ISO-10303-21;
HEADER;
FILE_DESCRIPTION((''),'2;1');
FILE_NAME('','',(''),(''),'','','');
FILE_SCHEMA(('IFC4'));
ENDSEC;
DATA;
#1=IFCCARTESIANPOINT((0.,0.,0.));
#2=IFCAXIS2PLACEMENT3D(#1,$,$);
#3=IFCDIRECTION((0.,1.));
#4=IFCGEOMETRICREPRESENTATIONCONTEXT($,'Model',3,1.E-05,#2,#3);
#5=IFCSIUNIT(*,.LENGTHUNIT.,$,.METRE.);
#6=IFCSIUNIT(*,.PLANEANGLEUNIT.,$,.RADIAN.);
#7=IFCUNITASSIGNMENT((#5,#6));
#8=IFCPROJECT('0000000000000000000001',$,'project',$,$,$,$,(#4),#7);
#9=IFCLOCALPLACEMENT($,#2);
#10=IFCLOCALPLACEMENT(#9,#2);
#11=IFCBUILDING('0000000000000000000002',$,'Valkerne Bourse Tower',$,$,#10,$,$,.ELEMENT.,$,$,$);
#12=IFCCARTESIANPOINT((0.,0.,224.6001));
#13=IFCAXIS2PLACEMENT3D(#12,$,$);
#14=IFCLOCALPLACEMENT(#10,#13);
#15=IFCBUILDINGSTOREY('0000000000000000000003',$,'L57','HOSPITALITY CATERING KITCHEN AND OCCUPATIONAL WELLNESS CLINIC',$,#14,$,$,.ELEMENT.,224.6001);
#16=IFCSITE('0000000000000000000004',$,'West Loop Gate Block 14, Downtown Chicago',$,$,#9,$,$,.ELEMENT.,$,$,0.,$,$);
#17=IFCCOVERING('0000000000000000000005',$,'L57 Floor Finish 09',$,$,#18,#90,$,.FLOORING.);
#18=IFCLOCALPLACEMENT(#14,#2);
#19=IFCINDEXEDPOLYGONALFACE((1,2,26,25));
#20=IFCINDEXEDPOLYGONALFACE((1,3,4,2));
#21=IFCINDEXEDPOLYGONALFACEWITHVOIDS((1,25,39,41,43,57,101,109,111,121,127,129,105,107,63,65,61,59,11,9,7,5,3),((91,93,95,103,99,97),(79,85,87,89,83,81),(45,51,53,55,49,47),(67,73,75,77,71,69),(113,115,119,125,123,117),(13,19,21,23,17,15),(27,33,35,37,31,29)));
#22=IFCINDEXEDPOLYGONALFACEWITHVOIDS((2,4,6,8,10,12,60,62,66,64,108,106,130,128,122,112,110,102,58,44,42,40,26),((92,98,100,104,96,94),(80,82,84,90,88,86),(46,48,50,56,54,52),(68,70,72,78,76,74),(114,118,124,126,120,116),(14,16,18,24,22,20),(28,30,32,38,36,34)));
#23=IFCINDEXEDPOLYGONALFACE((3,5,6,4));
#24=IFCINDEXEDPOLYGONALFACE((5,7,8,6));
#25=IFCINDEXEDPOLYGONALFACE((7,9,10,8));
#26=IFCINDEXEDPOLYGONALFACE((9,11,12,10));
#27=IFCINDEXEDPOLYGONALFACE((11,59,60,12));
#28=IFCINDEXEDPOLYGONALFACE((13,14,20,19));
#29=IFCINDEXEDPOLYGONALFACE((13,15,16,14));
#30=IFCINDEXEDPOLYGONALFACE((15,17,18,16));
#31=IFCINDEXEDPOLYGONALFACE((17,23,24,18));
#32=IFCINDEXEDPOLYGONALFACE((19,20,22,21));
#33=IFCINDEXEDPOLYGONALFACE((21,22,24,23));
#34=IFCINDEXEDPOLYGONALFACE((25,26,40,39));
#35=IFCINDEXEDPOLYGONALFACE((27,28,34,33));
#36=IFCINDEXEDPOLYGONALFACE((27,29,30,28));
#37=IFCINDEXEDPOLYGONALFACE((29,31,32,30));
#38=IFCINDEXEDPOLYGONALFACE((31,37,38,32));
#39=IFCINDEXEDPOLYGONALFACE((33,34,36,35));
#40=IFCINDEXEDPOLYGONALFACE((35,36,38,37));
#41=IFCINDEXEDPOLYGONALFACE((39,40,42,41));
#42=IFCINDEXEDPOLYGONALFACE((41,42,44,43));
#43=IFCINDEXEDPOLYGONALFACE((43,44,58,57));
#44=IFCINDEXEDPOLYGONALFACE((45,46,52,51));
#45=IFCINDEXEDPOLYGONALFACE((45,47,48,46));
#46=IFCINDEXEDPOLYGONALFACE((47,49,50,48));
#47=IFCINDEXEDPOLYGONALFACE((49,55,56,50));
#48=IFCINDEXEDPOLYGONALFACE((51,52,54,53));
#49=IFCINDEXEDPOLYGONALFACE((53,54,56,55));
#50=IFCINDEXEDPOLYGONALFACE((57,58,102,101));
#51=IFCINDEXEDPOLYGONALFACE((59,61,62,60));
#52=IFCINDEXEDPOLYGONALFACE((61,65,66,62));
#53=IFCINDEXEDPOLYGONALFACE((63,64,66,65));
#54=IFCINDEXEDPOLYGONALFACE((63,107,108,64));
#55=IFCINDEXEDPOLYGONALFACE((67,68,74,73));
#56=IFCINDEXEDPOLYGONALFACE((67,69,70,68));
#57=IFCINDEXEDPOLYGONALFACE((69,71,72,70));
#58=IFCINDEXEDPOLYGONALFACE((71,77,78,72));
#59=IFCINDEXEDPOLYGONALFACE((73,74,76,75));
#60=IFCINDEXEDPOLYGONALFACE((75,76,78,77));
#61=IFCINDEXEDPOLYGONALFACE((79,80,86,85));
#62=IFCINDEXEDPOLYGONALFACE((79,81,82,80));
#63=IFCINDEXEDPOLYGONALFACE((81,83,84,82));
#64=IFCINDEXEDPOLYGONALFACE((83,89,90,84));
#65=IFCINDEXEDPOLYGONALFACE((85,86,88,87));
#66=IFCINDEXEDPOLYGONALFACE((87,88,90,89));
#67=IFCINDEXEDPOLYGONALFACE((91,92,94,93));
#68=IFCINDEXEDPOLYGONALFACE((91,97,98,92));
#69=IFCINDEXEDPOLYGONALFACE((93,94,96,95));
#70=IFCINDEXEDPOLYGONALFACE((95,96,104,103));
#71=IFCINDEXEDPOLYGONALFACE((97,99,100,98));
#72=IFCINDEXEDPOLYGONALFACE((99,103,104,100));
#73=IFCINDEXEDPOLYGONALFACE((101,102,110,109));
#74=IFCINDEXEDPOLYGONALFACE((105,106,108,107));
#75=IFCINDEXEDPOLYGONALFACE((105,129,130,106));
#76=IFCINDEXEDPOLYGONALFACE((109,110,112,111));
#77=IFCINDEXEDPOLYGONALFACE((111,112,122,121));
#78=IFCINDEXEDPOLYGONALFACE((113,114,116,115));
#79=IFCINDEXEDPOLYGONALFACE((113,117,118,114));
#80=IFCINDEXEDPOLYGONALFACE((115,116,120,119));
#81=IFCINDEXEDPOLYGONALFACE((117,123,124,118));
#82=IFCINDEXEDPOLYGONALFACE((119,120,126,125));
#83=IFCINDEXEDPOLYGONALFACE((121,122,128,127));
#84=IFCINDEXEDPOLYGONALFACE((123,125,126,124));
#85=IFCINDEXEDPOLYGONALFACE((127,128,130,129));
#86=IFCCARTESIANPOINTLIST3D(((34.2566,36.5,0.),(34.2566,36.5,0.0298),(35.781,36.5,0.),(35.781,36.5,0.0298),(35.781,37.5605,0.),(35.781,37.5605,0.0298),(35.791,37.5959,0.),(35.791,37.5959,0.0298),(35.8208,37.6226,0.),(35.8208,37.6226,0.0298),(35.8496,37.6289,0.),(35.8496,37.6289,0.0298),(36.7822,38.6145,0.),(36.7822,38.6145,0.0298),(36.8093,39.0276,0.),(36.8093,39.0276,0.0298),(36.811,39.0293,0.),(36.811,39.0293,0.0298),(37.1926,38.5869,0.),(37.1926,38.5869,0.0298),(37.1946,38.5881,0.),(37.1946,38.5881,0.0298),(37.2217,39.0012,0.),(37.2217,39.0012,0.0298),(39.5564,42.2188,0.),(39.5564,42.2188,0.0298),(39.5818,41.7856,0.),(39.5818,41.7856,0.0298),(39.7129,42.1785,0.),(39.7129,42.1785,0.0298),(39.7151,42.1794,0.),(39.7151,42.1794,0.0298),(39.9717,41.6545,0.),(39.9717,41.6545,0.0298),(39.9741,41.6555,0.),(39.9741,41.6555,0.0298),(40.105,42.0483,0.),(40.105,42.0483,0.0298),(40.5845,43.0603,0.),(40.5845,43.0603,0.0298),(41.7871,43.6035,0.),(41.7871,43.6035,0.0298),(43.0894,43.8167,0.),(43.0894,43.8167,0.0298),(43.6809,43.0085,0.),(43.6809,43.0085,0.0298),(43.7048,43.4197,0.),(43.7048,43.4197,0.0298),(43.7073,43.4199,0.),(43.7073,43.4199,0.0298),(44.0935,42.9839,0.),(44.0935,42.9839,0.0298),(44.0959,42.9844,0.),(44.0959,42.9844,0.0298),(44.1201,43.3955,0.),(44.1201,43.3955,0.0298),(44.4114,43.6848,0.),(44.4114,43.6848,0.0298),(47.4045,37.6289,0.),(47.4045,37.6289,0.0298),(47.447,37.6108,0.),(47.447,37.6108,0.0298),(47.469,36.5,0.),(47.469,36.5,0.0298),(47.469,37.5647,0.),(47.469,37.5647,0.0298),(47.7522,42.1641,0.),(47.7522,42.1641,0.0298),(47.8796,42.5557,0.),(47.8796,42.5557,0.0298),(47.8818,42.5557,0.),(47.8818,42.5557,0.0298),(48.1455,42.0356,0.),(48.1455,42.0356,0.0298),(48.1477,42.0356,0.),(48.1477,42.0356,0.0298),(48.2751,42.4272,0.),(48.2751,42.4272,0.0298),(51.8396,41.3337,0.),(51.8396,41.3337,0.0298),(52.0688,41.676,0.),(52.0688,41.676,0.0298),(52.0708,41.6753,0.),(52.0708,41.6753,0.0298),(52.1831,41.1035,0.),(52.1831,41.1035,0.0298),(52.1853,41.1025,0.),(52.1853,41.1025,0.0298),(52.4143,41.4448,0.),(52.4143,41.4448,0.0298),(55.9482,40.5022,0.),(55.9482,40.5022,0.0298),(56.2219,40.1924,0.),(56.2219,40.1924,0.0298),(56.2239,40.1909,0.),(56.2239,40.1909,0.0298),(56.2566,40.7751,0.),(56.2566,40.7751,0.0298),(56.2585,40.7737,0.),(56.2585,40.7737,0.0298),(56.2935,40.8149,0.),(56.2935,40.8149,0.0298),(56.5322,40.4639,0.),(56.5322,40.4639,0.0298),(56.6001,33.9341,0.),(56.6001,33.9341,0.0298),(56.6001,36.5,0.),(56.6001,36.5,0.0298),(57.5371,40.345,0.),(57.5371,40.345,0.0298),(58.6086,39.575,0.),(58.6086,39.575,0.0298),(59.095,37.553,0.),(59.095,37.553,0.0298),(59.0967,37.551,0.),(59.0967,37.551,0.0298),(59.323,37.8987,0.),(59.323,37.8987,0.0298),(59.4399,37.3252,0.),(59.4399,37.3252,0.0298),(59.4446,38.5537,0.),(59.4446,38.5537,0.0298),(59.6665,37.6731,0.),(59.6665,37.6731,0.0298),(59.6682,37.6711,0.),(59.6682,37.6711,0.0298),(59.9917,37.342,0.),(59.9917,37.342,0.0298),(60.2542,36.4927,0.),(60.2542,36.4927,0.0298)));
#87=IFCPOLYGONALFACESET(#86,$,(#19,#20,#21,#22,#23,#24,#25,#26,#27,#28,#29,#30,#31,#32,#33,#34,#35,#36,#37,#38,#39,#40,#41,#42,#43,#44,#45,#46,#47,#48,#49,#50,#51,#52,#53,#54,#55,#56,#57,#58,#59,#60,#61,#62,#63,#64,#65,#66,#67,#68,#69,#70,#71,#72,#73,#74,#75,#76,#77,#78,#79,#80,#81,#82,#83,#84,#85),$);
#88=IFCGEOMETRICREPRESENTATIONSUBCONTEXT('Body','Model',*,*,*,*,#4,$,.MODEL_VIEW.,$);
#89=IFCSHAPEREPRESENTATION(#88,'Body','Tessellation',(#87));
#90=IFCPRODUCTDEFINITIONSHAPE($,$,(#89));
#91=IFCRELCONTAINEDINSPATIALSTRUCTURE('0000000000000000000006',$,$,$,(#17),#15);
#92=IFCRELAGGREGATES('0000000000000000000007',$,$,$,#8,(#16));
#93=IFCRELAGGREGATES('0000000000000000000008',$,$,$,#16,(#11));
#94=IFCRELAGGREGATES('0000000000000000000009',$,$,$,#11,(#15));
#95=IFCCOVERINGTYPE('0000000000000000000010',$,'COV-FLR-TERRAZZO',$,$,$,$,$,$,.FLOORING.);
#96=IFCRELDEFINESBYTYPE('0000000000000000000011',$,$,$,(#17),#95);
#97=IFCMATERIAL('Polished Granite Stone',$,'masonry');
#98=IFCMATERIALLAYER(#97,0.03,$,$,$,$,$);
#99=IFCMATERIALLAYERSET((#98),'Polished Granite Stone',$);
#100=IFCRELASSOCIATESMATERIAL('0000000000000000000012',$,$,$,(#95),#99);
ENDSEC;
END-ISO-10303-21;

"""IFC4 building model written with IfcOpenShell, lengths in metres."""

from ifc_helpers import new_model, si_unit, direction, frame, origin, place, context, subcontext, project, spatial, polyline, outline, extrude, material, layer, layer_set, type_object, element, save


model = new_model("IFC4")

# Units and contexts
model_context = context("Model", 3, precision=1e-05, world=origin(), true_north=direction((0.0, 1.0)))
body_context = subcontext(model_context, "Body", "Model", "MODEL_VIEW")
ifc_project = project(units=[si_unit("LENGTHUNIT", "METRE"), si_unit("PLANEANGLEUNIT", "RADIAN")], contexts=[model_context])

# Site, building, storey
site_placement = place(None, origin())
site = spatial("IfcSite", under=ifc_project, at=site_placement, Name="West Loop Gate Block 14, Downtown Chicago", CompositionType="ELEMENT", RefElevation=0.0)
building_placement = place(site_placement, origin())
building = spatial("IfcBuilding", under=site, at=building_placement, Name="Valkerne Bourse Tower", CompositionType="ELEMENT")
storey_placement = place(building_placement, frame((0.0, 0.0, 224.6001)))
storey = spatial("IfcBuildingStorey", under=building, at=storey_placement, Name="L57", Description="HOSPITALITY CATERING KITCHEN AND OCCUPATIONAL WELLNESS CLINIC", CompositionType="ELEMENT", Elevation=224.6001)

# Covering
ifc_material_1 = material(Name="Polished Granite Stone", Category="masonry")
ifc_layer_1 = layer(ifc_material_1, 0.03)
ifc_layer_set_1 = layer_set([ifc_layer_1], Name="Polished Granite Stone")
covering_type_1 = type_object("IfcCoveringType", Name="COV-FLR-TERRAZZO", PredefinedType="FLOORING", material=ifc_layer_set_1)
covering_1_placement = place(storey_placement, origin())
element("IfcCovering", 1, at=covering_1_placement, inside=storey, type_object=covering_type_1, Name="L57 Floor Finish 09", PredefinedType="FLOORING", context=body_context, shape_type="SweptSolid", body=[
    extrude(outline(polyline([(39.5564, 42.2188), (40.5845, 43.0603), (41.7871, 43.6035), (43.0894, 43.8167), (44.4114, 43.6848), (56.2935, 40.8149), (57.5371, 40.345), (58.6086, 39.575), (59.4446, 38.5537), (59.9917, 37.342), (60.2542, 36.4927), (56.6001, 33.9341), (56.6001, 36.5), (47.469, 36.5), (47.469, 37.5647), (47.447, 37.6108), (47.4045, 37.6289), (35.8496, 37.6289), (35.8208, 37.6226), (35.791, 37.5959), (35.781, 37.5605), (35.781, 36.5), (34.2566, 36.5), (39.5564, 42.2188)]), holes=[polyline([(37.1946, 38.5881), (37.2217, 39.0012), (36.811, 39.0293), (36.8093, 39.0276), (36.7822, 38.6145), (37.1926, 38.5869), (37.1946, 38.5881)]), polyline([(39.9741, 41.6555), (40.105, 42.0483), (39.7151, 42.1794), (39.7129, 42.1785), (39.5818, 41.7856), (39.9717, 41.6545), (39.9741, 41.6555)]), polyline([(44.1201, 43.3955), (43.7073, 43.4199), (43.7048, 43.4197), (43.6809, 43.0085), (44.0935, 42.9839), (44.0959, 42.9844), (44.1201, 43.3955)]), polyline([(59.6665, 37.6731), (59.323, 37.8987), (59.095, 37.553), (59.0967, 37.551), (59.4399, 37.3252), (59.6682, 37.6711), (59.6665, 37.6731)]), polyline([(56.2585, 40.7737), (56.2566, 40.7751), (55.9482, 40.5022), (56.2219, 40.1924), (56.2239, 40.1909), (56.5322, 40.4639), (56.2585, 40.7737)]), polyline([(52.0708, 41.6753), (52.0688, 41.676), (51.8396, 41.3337), (52.1831, 41.1035), (52.1853, 41.1025), (52.4143, 41.4448), (52.0708, 41.6753)]), polyline([(48.2751, 42.4272), (47.8818, 42.5557), (47.8796, 42.5557), (47.7522, 42.1641), (48.1455, 42.0356), (48.1477, 42.0356), (48.2751, 42.4272)])]), origin(), (0.0, 0.0, 1.0), 0.0298),
])

save(model, "model.ifc")
